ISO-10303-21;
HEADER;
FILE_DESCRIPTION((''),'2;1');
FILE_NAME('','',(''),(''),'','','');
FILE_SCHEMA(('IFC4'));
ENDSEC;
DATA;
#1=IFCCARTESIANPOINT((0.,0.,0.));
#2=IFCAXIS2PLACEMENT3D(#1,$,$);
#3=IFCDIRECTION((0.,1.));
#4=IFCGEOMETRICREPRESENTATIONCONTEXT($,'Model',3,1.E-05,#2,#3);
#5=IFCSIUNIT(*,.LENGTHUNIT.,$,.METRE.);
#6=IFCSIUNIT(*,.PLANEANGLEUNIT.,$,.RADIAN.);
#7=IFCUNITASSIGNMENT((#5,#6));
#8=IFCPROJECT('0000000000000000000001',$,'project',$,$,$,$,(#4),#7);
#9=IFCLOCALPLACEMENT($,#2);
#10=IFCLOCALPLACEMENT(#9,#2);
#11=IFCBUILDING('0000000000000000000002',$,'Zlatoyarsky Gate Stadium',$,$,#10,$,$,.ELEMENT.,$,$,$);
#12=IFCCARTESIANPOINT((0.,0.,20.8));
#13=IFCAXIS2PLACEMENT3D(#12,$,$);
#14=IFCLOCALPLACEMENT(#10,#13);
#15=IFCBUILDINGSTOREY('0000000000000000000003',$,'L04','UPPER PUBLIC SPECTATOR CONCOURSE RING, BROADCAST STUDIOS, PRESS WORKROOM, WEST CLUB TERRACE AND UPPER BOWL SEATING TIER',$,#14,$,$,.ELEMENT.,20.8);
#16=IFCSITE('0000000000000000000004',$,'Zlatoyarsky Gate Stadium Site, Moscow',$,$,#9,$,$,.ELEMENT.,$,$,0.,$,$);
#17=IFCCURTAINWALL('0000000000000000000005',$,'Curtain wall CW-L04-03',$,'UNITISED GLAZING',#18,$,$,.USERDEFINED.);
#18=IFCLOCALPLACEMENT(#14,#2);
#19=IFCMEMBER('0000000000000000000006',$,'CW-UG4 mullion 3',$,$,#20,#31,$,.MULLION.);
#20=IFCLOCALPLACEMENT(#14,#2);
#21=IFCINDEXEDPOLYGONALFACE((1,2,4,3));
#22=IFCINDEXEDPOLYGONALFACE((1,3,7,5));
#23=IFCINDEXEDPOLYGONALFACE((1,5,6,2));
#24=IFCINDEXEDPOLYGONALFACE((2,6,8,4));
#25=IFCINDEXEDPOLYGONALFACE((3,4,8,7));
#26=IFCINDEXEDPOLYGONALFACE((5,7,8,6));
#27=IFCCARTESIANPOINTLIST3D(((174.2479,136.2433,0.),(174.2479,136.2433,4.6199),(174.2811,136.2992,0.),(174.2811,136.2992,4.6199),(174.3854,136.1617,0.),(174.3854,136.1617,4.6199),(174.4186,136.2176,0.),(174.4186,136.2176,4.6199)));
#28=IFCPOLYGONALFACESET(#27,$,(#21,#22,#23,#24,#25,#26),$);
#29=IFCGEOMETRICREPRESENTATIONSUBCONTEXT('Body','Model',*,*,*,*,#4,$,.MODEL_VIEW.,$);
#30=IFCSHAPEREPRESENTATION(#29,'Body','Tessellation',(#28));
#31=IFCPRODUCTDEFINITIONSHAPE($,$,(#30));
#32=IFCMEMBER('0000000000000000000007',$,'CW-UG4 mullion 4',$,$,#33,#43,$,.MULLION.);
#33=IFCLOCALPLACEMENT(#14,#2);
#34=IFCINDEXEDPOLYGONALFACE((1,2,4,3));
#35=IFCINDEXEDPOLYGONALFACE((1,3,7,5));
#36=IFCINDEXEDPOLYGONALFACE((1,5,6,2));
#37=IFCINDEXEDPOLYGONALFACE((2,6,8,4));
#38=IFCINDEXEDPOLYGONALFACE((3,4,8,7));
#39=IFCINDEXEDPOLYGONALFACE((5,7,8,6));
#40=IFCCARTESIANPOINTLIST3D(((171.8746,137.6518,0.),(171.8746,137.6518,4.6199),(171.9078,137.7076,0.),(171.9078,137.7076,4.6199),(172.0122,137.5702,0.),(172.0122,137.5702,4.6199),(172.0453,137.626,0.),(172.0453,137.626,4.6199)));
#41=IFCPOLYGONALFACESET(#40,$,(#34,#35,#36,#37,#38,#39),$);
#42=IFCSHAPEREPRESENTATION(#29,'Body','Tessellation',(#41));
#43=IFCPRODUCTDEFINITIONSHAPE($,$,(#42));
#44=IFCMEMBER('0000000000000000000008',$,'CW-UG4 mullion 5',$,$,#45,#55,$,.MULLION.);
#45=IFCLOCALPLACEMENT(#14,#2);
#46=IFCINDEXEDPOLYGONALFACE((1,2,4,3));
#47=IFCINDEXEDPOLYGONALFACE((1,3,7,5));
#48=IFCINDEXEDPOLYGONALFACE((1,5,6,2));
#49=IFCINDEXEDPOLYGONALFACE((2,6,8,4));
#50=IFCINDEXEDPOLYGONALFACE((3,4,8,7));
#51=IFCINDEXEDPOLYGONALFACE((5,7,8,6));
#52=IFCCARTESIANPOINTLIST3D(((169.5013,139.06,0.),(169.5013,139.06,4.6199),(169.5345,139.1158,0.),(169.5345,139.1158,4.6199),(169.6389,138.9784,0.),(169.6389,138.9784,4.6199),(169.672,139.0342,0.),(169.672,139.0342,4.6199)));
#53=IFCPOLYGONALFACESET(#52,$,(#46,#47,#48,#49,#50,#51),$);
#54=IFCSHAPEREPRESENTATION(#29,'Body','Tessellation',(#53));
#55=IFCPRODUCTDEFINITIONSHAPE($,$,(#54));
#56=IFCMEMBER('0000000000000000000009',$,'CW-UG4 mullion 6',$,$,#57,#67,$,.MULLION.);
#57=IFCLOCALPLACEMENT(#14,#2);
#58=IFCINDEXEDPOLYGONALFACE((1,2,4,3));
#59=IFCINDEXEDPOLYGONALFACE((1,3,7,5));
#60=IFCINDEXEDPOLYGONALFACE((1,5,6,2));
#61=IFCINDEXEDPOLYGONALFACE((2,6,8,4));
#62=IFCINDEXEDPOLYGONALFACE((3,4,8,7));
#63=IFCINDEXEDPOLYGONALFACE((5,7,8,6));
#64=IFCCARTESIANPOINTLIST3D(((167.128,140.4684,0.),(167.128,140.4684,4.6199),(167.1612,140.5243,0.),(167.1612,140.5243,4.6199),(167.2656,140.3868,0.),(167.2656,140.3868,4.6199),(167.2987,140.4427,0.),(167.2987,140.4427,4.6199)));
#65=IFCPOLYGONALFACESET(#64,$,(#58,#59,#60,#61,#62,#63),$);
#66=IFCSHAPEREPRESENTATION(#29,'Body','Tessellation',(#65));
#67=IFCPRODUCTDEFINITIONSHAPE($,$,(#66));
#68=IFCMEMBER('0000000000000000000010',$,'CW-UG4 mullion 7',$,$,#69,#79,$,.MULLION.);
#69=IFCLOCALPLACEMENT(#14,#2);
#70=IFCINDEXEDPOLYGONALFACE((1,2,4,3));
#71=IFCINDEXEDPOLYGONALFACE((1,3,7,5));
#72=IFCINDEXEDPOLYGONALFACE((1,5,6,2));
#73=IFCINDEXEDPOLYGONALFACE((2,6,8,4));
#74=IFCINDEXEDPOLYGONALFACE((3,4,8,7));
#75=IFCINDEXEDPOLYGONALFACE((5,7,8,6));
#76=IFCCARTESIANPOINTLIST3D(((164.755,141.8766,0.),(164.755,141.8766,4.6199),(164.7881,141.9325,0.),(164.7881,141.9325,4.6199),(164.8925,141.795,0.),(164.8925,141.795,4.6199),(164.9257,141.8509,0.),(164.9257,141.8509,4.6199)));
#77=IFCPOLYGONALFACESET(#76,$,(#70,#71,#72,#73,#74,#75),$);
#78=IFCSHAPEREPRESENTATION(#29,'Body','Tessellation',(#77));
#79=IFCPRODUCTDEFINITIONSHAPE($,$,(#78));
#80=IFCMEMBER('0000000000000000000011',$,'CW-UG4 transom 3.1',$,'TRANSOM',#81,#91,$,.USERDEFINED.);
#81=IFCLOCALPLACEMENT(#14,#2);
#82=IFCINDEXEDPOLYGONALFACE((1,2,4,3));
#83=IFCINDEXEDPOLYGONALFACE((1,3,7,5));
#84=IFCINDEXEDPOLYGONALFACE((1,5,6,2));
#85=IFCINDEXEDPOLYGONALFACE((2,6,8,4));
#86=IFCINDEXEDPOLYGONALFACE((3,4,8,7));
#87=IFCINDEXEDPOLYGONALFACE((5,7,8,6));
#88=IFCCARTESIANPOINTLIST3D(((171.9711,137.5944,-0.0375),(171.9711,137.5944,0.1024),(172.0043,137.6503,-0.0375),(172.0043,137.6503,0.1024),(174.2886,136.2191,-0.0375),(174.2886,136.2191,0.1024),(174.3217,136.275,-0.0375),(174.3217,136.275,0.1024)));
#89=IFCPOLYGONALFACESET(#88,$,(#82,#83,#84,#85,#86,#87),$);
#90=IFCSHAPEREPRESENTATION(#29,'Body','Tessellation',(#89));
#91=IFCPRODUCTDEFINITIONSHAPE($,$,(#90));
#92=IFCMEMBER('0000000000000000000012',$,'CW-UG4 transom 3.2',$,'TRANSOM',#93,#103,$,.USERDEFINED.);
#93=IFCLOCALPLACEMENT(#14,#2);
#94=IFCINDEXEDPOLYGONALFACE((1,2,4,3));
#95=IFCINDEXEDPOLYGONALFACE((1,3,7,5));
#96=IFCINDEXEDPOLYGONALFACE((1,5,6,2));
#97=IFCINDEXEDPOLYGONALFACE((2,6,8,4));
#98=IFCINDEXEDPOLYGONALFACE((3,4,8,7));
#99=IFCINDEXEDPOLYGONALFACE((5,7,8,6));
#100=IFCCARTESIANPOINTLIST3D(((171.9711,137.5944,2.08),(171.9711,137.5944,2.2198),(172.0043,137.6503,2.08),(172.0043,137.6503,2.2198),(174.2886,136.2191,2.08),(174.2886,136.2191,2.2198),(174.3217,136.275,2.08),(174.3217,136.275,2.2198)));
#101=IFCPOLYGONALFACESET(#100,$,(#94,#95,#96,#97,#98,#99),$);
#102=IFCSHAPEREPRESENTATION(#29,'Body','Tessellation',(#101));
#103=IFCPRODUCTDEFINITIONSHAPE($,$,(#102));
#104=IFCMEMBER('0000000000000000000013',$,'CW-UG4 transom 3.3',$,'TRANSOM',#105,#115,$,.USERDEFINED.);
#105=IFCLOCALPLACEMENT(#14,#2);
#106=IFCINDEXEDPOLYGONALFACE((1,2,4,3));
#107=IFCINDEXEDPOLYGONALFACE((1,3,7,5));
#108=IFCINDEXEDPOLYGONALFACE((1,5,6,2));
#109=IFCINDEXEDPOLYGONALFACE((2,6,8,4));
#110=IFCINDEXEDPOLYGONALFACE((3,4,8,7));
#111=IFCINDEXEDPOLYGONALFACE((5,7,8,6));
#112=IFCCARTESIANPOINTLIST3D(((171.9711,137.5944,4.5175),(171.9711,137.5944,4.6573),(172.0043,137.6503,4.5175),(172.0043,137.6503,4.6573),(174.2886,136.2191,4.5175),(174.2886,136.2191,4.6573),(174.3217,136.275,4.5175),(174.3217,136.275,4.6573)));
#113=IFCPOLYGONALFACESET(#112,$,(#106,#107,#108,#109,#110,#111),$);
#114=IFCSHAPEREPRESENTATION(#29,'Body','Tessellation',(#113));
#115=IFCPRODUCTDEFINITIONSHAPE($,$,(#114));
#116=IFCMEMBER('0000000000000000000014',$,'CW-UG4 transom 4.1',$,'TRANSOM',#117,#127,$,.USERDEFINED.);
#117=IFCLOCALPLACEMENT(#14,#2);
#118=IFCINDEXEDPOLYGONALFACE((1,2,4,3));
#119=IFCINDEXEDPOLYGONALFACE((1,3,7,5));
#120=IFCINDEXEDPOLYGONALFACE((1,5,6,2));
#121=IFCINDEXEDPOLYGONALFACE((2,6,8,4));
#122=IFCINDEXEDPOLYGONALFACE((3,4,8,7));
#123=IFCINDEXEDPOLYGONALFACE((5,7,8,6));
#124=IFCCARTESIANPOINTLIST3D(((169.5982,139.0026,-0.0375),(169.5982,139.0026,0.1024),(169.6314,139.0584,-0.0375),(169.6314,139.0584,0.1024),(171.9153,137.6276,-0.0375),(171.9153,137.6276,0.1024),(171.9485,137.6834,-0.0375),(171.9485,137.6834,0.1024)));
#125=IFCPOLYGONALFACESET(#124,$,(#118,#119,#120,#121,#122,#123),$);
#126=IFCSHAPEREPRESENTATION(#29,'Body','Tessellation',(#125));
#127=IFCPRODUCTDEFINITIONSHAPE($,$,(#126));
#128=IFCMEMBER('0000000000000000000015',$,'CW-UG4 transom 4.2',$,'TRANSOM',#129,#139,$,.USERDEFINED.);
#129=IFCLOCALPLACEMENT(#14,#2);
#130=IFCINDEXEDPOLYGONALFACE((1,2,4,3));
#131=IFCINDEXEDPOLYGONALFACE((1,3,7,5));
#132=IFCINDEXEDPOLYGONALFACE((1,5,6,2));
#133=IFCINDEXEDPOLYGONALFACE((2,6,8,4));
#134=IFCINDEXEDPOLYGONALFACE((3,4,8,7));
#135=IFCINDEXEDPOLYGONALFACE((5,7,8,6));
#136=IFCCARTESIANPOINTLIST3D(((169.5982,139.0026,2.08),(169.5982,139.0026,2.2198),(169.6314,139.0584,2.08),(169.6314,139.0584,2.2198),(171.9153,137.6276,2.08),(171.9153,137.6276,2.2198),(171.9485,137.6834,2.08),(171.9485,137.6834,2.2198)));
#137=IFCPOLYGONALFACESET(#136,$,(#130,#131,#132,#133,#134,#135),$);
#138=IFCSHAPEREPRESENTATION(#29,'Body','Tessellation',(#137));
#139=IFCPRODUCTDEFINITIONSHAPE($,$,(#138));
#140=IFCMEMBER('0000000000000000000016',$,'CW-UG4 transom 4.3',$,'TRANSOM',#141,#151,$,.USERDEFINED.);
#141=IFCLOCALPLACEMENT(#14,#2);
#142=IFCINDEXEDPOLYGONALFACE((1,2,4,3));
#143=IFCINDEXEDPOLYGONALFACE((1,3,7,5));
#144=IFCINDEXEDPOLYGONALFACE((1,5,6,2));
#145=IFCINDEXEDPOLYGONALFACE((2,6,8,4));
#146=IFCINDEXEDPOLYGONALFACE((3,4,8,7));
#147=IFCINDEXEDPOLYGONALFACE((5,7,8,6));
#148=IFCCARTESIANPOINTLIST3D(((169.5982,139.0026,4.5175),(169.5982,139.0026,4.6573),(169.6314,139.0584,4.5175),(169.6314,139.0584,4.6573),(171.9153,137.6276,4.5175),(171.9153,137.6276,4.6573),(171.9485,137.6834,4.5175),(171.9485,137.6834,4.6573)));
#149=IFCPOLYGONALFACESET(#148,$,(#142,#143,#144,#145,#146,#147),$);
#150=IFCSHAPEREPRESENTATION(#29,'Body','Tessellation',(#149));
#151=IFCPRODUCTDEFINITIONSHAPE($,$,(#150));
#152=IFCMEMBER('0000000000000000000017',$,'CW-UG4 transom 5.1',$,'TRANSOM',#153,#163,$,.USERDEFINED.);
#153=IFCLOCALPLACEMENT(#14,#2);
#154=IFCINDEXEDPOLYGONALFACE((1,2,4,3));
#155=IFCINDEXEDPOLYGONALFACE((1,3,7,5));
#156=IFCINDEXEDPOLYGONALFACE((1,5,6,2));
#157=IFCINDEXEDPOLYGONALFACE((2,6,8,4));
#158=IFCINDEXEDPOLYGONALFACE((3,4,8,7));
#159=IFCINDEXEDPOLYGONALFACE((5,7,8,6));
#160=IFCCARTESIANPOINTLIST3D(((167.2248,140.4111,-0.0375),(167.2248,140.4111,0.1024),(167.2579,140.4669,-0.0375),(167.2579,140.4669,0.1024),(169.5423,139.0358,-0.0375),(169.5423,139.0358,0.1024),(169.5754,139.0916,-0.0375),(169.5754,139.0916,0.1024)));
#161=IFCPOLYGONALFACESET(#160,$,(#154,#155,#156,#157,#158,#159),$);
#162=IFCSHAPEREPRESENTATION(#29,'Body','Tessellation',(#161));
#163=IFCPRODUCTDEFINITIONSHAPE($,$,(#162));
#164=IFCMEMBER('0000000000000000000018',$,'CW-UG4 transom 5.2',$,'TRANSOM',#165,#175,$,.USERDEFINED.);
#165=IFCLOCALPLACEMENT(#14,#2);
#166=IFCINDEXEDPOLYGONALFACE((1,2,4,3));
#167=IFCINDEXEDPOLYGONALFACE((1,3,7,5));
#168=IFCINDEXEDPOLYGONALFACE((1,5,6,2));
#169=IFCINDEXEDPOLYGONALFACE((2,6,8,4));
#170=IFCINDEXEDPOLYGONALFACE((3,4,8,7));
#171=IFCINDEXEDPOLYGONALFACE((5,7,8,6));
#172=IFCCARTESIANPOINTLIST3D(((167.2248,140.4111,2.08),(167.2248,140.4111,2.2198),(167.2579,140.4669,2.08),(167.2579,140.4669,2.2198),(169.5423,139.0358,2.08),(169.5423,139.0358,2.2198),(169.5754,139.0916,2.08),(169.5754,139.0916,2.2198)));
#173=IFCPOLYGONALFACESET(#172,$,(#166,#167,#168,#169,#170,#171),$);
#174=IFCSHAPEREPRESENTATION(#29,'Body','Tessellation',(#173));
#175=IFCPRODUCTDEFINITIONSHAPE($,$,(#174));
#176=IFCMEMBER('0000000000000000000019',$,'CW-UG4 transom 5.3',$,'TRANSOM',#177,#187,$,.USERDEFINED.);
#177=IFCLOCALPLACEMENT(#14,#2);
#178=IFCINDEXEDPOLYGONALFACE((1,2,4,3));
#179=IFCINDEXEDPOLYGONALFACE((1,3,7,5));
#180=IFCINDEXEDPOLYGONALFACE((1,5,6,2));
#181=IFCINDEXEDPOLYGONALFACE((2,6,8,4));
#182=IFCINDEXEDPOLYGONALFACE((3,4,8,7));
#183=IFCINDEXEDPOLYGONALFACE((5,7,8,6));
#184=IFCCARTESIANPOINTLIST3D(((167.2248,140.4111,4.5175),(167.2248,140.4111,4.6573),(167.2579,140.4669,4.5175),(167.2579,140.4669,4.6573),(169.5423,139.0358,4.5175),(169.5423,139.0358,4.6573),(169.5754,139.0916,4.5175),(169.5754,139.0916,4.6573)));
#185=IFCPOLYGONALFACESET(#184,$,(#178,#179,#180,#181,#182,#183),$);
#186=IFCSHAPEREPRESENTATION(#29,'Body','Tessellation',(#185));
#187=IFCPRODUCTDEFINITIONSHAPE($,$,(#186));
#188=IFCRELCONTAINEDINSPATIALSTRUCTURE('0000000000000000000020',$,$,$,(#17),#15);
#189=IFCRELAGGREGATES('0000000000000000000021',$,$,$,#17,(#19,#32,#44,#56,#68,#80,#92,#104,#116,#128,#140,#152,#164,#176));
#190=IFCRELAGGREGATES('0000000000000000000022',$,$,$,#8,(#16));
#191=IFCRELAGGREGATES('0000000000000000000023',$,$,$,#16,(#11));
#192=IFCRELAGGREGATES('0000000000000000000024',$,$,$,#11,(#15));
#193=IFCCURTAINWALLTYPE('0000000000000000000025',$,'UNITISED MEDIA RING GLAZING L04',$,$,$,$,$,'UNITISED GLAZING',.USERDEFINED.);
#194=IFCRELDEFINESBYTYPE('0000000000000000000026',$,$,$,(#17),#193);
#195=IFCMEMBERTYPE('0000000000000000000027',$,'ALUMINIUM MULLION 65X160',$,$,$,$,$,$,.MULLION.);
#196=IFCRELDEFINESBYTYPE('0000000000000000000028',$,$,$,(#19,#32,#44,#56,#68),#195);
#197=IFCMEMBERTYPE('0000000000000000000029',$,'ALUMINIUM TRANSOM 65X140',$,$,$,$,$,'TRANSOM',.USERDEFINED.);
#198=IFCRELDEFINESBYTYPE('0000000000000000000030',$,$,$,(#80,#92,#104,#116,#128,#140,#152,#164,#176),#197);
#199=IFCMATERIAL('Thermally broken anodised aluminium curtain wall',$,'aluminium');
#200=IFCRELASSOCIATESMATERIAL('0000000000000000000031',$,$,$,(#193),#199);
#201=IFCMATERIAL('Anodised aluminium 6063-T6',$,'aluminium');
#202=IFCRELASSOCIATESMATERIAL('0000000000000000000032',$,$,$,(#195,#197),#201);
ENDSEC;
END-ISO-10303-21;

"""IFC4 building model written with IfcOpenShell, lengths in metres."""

from ifc_helpers import new_model, si_unit, direction, frame, origin, origin_2d, place, context, subcontext, project, spatial, rectangle, extrude, material, material_profile, profile_set, type_object, element, aggregate, save


model = new_model("IFC4")

# Units and contexts
model_context = context("Model", 3, precision=1e-05, world=origin(), true_north=direction((0.0, 1.0)))
body_context = subcontext(model_context, "Body", "Model", "MODEL_VIEW")
ifc_project = project(units=[si_unit("LENGTHUNIT", "METRE"), si_unit("PLANEANGLEUNIT", "RADIAN")], contexts=[model_context])

# Site, building, storey
site_placement = place(None, origin())
site = spatial("IfcSite", under=ifc_project, at=site_placement, Name="Zlatoyarsky Gate Stadium Site, Moscow", CompositionType="ELEMENT", RefElevation=0.0)
building_placement = place(site_placement, origin())
building = spatial("IfcBuilding", under=site, at=building_placement, Name="Zlatoyarsky Gate Stadium", CompositionType="ELEMENT")
storey_placement = place(building_placement, frame((0.0, 0.0, 20.8)))
storey = spatial("IfcBuildingStorey", under=building, at=storey_placement, Name="L04", Description="UPPER PUBLIC SPECTATOR CONCOURSE RING, BROADCAST STUDIOS, PRESS WORKROOM, WEST CLUB TERRACE AND UPPER BOWL SEATING TIER", CompositionType="ELEMENT", Elevation=20.8)

# Curtain wall, members
ifc_material_1 = material(Name="Thermally broken anodised aluminium curtain wall", Category="aluminium")
curtain_wall_type = type_object("IfcCurtainWallType", Name="UNITISED MEDIA RING GLAZING L04", ElementType="UNITISED GLAZING", PredefinedType="USERDEFINED", material=ifc_material_1)
curtain_wall_placement = place(storey_placement, origin())
curtain_wall = element("IfcCurtainWall", 1, at=curtain_wall_placement, inside=storey, type_object=curtain_wall_type, Name="Curtain wall CW-L04-03", ObjectType="UNITISED GLAZING", PredefinedType="USERDEFINED")
ifc_material_2 = material(Name="Anodised aluminium 6063-T6", Category="aluminium")
ifc_material_profile_1 = material_profile(ifc_material_2, rectangle(XDim=0.0649, YDim=0.1599, at=origin_2d()), Name="ALU 65X160")
ifc_profile_set_1 = profile_set([ifc_material_profile_1], Name="Anodised aluminium 6063-T6")
member_type_1 = type_object("IfcMemberType", Name="ALUMINIUM MULLION 65X160", PredefinedType="MULLION", material=ifc_profile_set_1)
member_1_placement = place(storey_placement, frame((174.3333, 136.2305, 0.0), z_axis=(0.0, 0.0, 1.0), x_axis=(-0.51033, -0.859978, 0.0)))
member_1 = element("IfcMember", 2, at=member_1_placement, type_object=member_type_1, Name="CW-UG4 mullion 3", PredefinedType="MULLION", context=body_context, shape_type="SweptSolid", body=[
    extrude(rectangle(XDim=0.0649, YDim=0.1599, at=origin_2d()), origin(), (0.0, 0.0, 1.0), 4.6199),
])
member_2_placement = place(storey_placement, frame((171.96, 137.6389, 0.0), z_axis=(0.0, 0.0, 1.0), x_axis=(-0.51033, -0.859978, 0.0)))
member_2 = element("IfcMember", 3, at=member_2_placement, type_object=member_type_1, Name="CW-UG4 mullion 4", PredefinedType="MULLION", context=body_context, shape_type="SweptSolid", body=[
    extrude(rectangle(XDim=0.0649, YDim=0.1599, at=origin_2d()), origin(), (0.0, 0.0, 1.0), 4.6199),
])
member_3_placement = place(storey_placement, frame((169.5867, 139.0471, 0.0), z_axis=(0.0, 0.0, 1.0), x_axis=(-0.51033, -0.859978, 0.0)))
member_3 = element("IfcMember", 4, at=member_3_placement, type_object=member_type_1, Name="CW-UG4 mullion 5", PredefinedType="MULLION", context=body_context, shape_type="SweptSolid", body=[
    extrude(rectangle(XDim=0.0649, YDim=0.1599, at=origin_2d()), origin(), (0.0, 0.0, 1.0), 4.6199),
])
member_4_placement = place(storey_placement, frame((167.2134, 140.4556, 0.0), z_axis=(0.0, 0.0, 1.0), x_axis=(-0.51033, -0.859978, 0.0)))
member_4 = element("IfcMember", 5, at=member_4_placement, type_object=member_type_1, Name="CW-UG4 mullion 6", PredefinedType="MULLION", context=body_context, shape_type="SweptSolid", body=[
    extrude(rectangle(XDim=0.0649, YDim=0.1599, at=origin_2d()), origin(), (0.0, 0.0, 1.0), 4.6199),
])
member_5_placement = place(storey_placement, frame((164.8403, 141.8638, 0.0), z_axis=(0.0, 0.0, 1.0), x_axis=(-0.51033, -0.859978, 0.0)))
member_5 = element("IfcMember", 6, at=member_5_placement, type_object=member_type_1, Name="CW-UG4 mullion 7", PredefinedType="MULLION", context=body_context, shape_type="SweptSolid", body=[
    extrude(rectangle(XDim=0.0649, YDim=0.1599, at=origin_2d()), origin(), (0.0, 0.0, 1.0), 4.6199),
])
ifc_material_profile_2 = material_profile(ifc_material_2, rectangle(XDim=0.0649, YDim=0.1399, at=origin_2d()), Name="ALU 65X140")
ifc_profile_set_2 = profile_set([ifc_material_profile_2], Name="Anodised aluminium 6063-T6")
member_type_2 = type_object("IfcMemberType", Name="ALUMINIUM TRANSOM 65X140", ElementType="TRANSOM", PredefinedType="USERDEFINED", material=ifc_profile_set_2)
member_6_placement = place(storey_placement, frame((174.3052, 136.2471, 0.0325), z_axis=(-0.859969, 0.510346, 0.0), x_axis=(-0.510346, -0.859969, 0.0)))
member_6 = element("IfcMember", 7, at=member_6_placement, type_object=member_type_2, Name="CW-UG4 transom 3.1", ObjectType="TRANSOM", PredefinedType="USERDEFINED", context=body_context, shape_type="SweptSolid", body=[
    extrude(rectangle(XDim=0.0649, YDim=0.1399, at=origin_2d()), origin(), (0.0, 0.0, 1.0), 2.6948),
])
member_7_placement = place(storey_placement, frame((174.3052, 136.2471, 2.1499), z_axis=(-0.859969, 0.510346, 0.0), x_axis=(-0.510346, -0.859969, 0.0)))
member_7 = element("IfcMember", 8, at=member_7_placement, type_object=member_type_2, Name="CW-UG4 transom 3.2", ObjectType="TRANSOM", PredefinedType="USERDEFINED", context=body_context, shape_type="SweptSolid", body=[
    extrude(rectangle(XDim=0.0649, YDim=0.1399, at=origin_2d()), origin(), (0.0, 0.0, 1.0), 2.6948),
])
member_8_placement = place(storey_placement, frame((174.3052, 136.2471, 4.5874), z_axis=(-0.859969, 0.510346, 0.0), x_axis=(-0.510346, -0.859969, 0.0)))
member_8 = element("IfcMember", 9, at=member_8_placement, type_object=member_type_2, Name="CW-UG4 transom 3.3", ObjectType="TRANSOM", PredefinedType="USERDEFINED", context=body_context, shape_type="SweptSolid", body=[
    extrude(rectangle(XDim=0.0649, YDim=0.1399, at=origin_2d()), origin(), (0.0, 0.0, 1.0), 2.6948),
])
member_9_placement = place(storey_placement, frame((171.9319, 137.6555, 0.0325), z_axis=(-0.859985, 0.510319, 0.0), x_axis=(-0.510319, -0.859985, 0.0)))
member_9 = element("IfcMember", 10, at=member_9_placement, type_object=member_type_2, Name="CW-UG4 transom 4.1", ObjectType="TRANSOM", PredefinedType="USERDEFINED", context=body_context, shape_type="SweptSolid", body=[
    extrude(rectangle(XDim=0.0649, YDim=0.1399, at=origin_2d()), origin(), (0.0, 0.0, 1.0), 2.6943),
])
member_10_placement = place(storey_placement, frame((171.9319, 137.6555, 2.1499), z_axis=(-0.859985, 0.510319, 0.0), x_axis=(-0.510319, -0.859985, 0.0)))
member_10 = element("IfcMember", 11, at=member_10_placement, type_object=member_type_2, Name="CW-UG4 transom 4.2", ObjectType="TRANSOM", PredefinedType="USERDEFINED", context=body_context, shape_type="SweptSolid", body=[
    extrude(rectangle(XDim=0.0649, YDim=0.1399, at=origin_2d()), origin(), (0.0, 0.0, 1.0), 2.6943),
])
member_11_placement = place(storey_placement, frame((171.9319, 137.6555, 4.5874), z_axis=(-0.859985, 0.510319, 0.0), x_axis=(-0.510319, -0.859985, 0.0)))
member_11 = element("IfcMember", 12, at=member_11_placement, type_object=member_type_2, Name="CW-UG4 transom 4.3", ObjectType="TRANSOM", PredefinedType="USERDEFINED", context=body_context, shape_type="SweptSolid", body=[
    extrude(rectangle(XDim=0.0649, YDim=0.1399, at=origin_2d()), origin(), (0.0, 0.0, 1.0), 2.6943),
])
member_12_placement = place(storey_placement, frame((169.5588, 139.0637, 0.0325), z_axis=(-0.859969, 0.510346, 0.0), x_axis=(-0.510346, -0.859969, 0.0)))
member_12 = element("IfcMember", 13, at=member_12_placement, type_object=member_type_2, Name="CW-UG4 transom 5.1", ObjectType="TRANSOM", PredefinedType="USERDEFINED", context=body_context, shape_type="SweptSolid", body=[
    extrude(rectangle(XDim=0.0649, YDim=0.1399, at=origin_2d()), origin(), (0.0, 0.0, 1.0), 2.6948),
])
member_13_placement = place(storey_placement, frame((169.5588, 139.0637, 2.1499), z_axis=(-0.859969, 0.510346, 0.0), x_axis=(-0.510346, -0.859969, 0.0)))
member_13 = element("IfcMember", 14, at=member_13_placement, type_object=member_type_2, Name="CW-UG4 transom 5.2", ObjectType="TRANSOM", PredefinedType="USERDEFINED", context=body_context, shape_type="SweptSolid", body=[
    extrude(rectangle(XDim=0.0649, YDim=0.1399, at=origin_2d()), origin(), (0.0, 0.0, 1.0), 2.6948),
])
member_14_placement = place(storey_placement, frame((169.5588, 139.0637, 4.5874), z_axis=(-0.859969, 0.510346, 0.0), x_axis=(-0.510346, -0.859969, 0.0)))
member_14 = element("IfcMember", 15, at=member_14_placement, type_object=member_type_2, Name="CW-UG4 transom 5.3", ObjectType="TRANSOM", PredefinedType="USERDEFINED", context=body_context, shape_type="SweptSolid", body=[
    extrude(rectangle(XDim=0.0649, YDim=0.1399, at=origin_2d()), origin(), (0.0, 0.0, 1.0), 2.6948),
])

aggregate(curtain_wall, [member_1, member_2, member_3, member_4, member_5, member_6, member_7, member_8, member_9, member_10, member_11, member_12, member_13, member_14])

save(model, "model.ifc")
